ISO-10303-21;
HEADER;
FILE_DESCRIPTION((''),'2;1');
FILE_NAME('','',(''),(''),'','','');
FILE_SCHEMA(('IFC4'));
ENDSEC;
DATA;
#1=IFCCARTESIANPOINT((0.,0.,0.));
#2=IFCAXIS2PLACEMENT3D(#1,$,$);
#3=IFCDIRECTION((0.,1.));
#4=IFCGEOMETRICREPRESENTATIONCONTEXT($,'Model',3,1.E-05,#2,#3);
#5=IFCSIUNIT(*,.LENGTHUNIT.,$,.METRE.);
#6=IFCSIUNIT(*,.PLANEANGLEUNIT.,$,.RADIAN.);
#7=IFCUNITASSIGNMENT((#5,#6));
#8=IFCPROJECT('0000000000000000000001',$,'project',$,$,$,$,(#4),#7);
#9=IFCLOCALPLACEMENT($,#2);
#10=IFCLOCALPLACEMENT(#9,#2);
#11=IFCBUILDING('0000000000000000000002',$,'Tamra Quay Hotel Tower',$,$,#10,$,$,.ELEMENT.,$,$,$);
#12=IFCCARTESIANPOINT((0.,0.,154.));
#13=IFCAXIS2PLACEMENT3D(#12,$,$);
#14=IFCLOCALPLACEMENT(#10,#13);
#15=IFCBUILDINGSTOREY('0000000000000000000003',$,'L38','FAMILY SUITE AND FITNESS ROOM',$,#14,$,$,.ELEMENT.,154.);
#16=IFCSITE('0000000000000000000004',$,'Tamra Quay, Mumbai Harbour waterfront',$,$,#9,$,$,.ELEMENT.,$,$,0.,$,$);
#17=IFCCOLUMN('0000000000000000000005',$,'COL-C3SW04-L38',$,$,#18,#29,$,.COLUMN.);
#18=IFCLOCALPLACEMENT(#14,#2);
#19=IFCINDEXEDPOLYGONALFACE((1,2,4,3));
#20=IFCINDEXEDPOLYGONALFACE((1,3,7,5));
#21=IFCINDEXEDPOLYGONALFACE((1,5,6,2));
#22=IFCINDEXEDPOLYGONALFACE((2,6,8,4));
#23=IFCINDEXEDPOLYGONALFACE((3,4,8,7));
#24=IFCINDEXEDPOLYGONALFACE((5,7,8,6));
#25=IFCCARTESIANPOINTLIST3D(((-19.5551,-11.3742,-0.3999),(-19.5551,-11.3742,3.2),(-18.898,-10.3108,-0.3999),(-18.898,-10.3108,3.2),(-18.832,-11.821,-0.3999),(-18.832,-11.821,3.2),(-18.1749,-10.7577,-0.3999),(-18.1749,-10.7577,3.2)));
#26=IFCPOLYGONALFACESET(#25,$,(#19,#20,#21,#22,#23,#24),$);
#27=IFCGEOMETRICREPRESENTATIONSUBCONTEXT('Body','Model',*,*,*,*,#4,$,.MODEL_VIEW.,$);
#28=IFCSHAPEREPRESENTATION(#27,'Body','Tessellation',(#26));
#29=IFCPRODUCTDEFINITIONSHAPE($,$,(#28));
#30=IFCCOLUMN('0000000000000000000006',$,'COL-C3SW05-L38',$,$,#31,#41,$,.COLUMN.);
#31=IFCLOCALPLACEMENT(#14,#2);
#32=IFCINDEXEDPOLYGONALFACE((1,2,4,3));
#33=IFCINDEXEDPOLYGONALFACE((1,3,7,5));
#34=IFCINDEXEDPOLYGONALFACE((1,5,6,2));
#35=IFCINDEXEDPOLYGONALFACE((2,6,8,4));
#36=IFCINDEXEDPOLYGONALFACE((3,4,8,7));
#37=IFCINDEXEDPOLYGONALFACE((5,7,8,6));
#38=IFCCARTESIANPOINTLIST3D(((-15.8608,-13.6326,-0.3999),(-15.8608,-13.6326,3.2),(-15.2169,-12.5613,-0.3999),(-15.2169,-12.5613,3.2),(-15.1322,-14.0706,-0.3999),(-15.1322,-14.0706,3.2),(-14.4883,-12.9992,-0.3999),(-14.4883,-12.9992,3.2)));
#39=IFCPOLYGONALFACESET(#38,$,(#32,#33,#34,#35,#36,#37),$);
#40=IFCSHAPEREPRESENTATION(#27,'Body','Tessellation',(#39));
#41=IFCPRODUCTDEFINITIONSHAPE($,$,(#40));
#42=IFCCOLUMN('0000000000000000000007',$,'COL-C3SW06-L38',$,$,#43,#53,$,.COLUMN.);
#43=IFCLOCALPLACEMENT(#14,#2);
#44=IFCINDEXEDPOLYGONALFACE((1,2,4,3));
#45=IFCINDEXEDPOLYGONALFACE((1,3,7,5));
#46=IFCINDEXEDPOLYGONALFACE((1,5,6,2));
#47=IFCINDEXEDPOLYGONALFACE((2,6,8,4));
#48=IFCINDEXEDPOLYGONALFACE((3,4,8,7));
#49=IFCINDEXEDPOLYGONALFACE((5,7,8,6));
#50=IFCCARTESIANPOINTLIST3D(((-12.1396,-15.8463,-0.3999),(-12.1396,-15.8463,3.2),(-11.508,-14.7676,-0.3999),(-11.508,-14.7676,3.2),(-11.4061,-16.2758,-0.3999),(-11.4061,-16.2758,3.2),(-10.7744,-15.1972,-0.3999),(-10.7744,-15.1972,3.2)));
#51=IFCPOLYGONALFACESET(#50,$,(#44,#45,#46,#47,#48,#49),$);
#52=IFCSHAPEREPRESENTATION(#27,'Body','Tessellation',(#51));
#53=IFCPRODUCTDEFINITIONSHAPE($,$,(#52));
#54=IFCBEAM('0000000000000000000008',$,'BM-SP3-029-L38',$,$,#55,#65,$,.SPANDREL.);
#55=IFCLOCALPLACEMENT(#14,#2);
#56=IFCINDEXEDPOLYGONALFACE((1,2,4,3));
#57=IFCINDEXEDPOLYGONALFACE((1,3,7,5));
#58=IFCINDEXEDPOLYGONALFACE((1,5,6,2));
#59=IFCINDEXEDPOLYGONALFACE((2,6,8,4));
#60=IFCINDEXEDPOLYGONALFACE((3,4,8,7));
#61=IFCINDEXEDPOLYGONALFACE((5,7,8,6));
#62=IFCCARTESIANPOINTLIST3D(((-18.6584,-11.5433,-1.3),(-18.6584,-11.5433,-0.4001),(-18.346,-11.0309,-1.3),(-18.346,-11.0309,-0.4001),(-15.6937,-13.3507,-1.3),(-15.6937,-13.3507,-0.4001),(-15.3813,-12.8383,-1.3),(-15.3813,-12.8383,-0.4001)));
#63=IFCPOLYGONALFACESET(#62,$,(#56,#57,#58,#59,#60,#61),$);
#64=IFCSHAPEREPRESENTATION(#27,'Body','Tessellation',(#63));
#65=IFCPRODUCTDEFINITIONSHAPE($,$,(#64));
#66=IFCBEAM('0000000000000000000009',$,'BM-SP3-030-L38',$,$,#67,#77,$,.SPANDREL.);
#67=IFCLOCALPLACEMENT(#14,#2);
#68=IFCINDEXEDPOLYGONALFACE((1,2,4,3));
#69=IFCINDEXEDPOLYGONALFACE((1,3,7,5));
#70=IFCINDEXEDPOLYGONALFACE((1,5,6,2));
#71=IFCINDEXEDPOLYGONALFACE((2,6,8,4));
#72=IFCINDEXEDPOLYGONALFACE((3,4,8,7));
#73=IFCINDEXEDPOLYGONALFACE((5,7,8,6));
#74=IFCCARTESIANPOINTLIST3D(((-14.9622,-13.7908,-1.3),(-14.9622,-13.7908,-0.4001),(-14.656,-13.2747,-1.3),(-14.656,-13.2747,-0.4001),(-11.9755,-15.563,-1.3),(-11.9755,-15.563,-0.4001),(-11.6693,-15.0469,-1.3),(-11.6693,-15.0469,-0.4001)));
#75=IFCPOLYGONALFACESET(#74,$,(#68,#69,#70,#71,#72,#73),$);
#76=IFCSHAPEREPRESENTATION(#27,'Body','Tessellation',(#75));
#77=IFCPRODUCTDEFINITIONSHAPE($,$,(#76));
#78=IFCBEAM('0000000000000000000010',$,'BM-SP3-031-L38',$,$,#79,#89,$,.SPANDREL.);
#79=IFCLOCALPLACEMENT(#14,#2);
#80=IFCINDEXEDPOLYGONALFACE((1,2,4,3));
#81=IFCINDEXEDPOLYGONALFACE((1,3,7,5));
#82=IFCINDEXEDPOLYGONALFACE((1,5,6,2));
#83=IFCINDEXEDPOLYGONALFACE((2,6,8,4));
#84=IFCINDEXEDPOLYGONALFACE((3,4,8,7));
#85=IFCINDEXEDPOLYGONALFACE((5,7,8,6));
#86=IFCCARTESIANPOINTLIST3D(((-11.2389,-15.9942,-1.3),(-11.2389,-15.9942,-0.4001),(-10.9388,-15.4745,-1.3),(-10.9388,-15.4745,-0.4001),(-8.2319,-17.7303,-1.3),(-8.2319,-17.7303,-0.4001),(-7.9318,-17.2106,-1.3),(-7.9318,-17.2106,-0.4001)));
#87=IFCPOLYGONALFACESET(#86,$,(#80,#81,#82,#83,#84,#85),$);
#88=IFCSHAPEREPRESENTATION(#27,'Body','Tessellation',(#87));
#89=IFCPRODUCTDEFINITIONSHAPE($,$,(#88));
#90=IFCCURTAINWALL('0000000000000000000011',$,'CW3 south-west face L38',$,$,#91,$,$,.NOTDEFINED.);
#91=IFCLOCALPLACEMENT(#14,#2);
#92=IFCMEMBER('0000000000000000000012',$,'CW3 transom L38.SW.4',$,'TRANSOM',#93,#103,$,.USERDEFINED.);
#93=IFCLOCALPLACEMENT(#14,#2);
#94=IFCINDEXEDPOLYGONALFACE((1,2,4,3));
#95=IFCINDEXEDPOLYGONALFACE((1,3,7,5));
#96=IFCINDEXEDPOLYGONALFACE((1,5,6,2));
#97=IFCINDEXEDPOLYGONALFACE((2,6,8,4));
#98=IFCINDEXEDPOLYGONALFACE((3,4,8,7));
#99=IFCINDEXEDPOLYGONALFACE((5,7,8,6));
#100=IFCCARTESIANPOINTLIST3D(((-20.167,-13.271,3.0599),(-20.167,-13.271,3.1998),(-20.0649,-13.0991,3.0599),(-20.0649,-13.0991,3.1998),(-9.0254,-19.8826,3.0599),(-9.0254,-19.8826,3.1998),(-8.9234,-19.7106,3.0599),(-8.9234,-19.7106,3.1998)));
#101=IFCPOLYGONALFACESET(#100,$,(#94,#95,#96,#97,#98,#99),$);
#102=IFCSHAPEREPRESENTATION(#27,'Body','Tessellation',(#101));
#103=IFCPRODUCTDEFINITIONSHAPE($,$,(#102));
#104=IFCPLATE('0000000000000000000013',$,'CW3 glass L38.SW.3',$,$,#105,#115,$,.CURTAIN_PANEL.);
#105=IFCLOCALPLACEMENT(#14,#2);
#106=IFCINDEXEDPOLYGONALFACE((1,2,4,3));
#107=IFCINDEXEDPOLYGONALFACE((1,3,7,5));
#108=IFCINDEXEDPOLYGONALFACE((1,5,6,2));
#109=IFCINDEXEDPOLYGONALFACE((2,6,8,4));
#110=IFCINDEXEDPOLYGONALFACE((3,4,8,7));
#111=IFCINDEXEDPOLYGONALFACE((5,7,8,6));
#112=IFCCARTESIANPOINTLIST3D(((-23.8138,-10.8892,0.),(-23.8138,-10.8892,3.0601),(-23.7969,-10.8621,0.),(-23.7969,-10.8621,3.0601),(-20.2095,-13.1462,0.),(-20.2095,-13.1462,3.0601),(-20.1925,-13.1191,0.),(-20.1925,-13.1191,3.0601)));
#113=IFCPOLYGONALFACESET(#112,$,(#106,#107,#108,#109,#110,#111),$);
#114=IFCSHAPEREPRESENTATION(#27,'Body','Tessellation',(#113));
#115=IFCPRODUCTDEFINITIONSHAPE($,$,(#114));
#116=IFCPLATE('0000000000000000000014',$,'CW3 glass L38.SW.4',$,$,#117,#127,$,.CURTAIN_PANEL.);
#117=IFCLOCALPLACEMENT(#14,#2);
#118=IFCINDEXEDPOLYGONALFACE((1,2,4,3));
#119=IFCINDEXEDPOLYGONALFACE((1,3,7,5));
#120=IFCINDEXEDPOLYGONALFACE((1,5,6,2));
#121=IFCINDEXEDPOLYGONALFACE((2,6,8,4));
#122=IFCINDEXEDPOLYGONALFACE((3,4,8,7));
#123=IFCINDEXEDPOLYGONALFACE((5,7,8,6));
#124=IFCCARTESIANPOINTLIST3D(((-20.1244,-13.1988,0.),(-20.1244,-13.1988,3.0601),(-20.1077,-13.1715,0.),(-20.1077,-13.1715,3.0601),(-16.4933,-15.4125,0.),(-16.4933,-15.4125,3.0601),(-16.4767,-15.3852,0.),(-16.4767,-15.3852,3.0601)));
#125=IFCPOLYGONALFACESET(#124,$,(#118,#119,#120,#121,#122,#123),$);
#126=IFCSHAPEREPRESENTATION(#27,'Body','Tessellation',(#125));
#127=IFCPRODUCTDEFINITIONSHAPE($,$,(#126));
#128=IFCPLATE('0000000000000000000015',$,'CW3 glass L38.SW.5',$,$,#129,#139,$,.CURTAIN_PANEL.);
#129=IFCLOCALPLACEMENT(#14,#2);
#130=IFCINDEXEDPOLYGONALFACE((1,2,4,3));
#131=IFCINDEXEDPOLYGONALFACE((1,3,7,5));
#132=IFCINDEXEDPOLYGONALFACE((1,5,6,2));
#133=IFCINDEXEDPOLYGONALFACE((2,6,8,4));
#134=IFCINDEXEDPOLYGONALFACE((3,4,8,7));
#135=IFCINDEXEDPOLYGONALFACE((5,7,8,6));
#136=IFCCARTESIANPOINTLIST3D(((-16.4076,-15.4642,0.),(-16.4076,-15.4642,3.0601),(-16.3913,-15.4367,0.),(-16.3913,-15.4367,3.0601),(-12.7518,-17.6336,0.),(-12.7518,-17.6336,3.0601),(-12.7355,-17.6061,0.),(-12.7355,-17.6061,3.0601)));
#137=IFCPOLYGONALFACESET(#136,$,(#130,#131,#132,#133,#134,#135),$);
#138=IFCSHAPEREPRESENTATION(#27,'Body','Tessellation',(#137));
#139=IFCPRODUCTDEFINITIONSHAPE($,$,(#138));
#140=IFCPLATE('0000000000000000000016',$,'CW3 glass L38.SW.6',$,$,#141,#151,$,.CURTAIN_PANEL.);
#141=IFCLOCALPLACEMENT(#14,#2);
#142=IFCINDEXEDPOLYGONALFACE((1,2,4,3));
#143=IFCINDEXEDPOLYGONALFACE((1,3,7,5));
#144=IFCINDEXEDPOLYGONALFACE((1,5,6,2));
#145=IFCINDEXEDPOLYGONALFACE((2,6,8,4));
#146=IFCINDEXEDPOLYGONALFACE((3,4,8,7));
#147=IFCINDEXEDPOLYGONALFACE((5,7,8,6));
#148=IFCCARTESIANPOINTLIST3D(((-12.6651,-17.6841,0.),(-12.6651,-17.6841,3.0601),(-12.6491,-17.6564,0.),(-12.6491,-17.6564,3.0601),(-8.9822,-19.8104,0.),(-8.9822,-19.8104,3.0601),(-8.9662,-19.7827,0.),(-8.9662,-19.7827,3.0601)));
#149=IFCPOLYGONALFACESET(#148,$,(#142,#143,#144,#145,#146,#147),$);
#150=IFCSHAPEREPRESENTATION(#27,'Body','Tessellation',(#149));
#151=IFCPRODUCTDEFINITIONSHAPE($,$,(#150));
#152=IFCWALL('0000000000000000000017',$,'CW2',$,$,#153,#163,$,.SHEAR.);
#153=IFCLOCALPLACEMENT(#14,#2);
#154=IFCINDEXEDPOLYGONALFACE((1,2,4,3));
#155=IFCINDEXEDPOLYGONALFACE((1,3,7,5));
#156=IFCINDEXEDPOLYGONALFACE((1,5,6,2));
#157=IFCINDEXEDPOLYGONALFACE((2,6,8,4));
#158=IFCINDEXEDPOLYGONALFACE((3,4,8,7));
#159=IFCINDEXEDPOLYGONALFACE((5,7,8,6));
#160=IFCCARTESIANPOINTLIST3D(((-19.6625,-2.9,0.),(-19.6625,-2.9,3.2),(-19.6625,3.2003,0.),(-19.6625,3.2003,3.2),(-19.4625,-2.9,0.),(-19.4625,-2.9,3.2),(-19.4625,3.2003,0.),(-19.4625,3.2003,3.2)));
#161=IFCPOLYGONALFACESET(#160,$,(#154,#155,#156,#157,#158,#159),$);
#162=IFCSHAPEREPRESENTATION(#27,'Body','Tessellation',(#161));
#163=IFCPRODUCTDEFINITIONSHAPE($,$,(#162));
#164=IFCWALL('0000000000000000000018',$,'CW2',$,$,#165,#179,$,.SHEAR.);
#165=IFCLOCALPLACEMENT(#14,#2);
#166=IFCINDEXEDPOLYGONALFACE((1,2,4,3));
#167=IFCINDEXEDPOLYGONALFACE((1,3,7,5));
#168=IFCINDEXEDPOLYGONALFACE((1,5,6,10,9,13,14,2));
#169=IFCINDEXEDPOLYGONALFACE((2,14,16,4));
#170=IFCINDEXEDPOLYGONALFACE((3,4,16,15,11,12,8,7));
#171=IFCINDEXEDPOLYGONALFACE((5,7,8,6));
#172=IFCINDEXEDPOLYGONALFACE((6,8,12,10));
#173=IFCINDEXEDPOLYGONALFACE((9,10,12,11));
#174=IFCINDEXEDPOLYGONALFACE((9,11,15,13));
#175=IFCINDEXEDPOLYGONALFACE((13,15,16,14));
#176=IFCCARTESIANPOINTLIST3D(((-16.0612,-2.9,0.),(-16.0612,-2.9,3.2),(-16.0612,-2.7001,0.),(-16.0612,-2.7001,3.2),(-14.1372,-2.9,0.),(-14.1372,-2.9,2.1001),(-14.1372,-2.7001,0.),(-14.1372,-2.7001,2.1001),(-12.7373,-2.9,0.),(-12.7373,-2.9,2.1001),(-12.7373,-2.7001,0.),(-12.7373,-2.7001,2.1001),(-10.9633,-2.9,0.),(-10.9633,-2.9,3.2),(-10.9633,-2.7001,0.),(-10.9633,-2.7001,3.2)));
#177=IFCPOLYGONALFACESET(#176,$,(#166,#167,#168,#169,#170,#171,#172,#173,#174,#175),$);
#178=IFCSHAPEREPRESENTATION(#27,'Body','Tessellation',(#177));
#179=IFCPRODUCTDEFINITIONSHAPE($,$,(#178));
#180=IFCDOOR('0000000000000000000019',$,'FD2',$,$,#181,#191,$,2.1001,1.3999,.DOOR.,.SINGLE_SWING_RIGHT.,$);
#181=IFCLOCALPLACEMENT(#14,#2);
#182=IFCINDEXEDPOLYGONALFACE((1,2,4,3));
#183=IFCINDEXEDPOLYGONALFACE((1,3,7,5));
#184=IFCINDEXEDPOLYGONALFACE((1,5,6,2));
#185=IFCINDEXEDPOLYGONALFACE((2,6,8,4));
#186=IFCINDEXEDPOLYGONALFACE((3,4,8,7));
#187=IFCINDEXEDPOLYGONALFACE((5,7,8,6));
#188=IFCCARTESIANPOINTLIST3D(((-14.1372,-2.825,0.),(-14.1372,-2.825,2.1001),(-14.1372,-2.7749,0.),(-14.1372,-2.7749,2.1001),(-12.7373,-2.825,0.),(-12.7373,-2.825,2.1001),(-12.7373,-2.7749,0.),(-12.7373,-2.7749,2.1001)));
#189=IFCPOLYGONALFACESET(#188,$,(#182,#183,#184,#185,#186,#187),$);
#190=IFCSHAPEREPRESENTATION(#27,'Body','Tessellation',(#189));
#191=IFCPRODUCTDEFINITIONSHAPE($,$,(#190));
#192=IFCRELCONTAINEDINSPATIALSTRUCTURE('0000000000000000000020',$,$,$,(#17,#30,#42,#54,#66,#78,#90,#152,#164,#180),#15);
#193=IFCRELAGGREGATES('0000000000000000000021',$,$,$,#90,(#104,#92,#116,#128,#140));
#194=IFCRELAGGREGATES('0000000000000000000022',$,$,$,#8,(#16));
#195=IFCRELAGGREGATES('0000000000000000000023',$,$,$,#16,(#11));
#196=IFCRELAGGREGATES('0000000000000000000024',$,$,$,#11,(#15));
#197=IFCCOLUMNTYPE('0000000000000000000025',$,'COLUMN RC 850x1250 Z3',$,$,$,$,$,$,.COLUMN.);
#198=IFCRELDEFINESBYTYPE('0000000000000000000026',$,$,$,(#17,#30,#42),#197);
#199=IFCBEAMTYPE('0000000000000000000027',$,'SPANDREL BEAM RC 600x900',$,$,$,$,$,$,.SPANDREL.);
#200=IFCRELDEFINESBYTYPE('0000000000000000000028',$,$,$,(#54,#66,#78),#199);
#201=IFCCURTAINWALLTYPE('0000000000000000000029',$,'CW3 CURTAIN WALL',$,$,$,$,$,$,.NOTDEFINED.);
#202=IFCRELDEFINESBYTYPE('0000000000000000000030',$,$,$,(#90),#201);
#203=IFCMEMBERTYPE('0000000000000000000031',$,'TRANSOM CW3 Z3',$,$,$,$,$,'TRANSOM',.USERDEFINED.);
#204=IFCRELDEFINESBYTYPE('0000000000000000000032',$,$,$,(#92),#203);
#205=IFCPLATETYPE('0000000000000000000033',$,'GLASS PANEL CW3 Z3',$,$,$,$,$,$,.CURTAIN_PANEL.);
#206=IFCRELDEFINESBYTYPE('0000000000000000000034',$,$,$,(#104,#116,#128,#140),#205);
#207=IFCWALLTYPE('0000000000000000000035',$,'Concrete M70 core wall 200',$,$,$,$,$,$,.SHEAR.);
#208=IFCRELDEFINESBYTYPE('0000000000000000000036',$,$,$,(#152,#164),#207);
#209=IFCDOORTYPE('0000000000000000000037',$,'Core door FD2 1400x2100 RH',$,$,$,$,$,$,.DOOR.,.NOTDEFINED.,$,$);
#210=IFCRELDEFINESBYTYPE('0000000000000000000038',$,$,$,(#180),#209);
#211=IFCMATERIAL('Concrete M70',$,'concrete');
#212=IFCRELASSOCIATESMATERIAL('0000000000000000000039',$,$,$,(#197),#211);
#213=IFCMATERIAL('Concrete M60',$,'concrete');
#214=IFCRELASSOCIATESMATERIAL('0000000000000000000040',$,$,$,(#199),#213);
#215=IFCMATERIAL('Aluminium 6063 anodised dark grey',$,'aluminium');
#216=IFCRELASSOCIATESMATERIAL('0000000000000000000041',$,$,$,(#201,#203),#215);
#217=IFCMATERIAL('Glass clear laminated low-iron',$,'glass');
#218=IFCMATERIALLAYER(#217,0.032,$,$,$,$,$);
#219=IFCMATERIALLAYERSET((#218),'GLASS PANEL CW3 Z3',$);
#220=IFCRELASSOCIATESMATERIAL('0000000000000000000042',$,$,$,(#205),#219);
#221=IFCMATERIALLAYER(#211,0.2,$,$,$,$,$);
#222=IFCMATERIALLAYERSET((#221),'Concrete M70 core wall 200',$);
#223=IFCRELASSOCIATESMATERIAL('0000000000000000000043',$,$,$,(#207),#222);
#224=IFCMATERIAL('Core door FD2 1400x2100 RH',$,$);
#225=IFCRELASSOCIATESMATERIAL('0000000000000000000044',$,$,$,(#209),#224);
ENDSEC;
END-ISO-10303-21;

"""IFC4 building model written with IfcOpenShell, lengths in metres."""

from ifc_helpers import new_model, si_unit, direction, frame, frame_2d, origin, origin_2d, place, context, subcontext, project, spatial, rectangle, extrude, material, layer, layer_set, material_profile, profile_set, type_object, element, fill, aggregate, save


model = new_model("IFC4")

# Units and contexts
model_context = context("Model", 3, precision=1e-05, world=origin(), true_north=direction((0.0, 1.0)))
body_context = subcontext(model_context, "Body", "Model", "MODEL_VIEW")
ifc_project = project(units=[si_unit("LENGTHUNIT", "METRE"), si_unit("PLANEANGLEUNIT", "RADIAN")], contexts=[model_context])

# Site, building, storey
site_placement = place(None, origin())
site = spatial("IfcSite", under=ifc_project, at=site_placement, Name="Tamra Quay, Mumbai Harbour waterfront", CompositionType="ELEMENT", RefElevation=0.0)
building_placement = place(site_placement, origin())
building = spatial("IfcBuilding", under=site, at=building_placement, Name="Tamra Quay Hotel Tower", CompositionType="ELEMENT")
storey_placement = place(building_placement, frame((0.0, 0.0, 154.0)))
storey = spatial("IfcBuildingStorey", under=building, at=storey_placement, Name="L38", Description="FAMILY SUITE AND FITNESS ROOM", CompositionType="ELEMENT", Elevation=154.0)

# Columns
ifc_material_1 = material(Name="Concrete M70", Category="concrete")
ifc_material_profile_1 = material_profile(ifc_material_1, rectangle(XDim=1.25, YDim=0.8501, at=origin_2d()), Name="COLUMN RC 850x1250 Z3")
ifc_profile_set_1 = profile_set([ifc_material_profile_1], Name="Concrete M70")
column_type = type_object("IfcColumnType", Name="COLUMN RC 850x1250 Z3", PredefinedType="COLUMN", material=ifc_profile_set_1)
for number, where, z_axis, x_axis, name in (
    (1, (-18.865, -11.0659, -0.3999), (0.0, 0.0, 1.0), (0.525677, 0.850685, 0.0), "COL-C3SW04-L38"),
    (2, (-15.1746, -13.3159, -0.3999), (0.0, 0.0, 1.0), (0.515162, 0.857093, 0.0), "COL-C3SW05-L38"),
    (3, (-11.457, -15.5217, -0.3999), (0.0, 0.0, 1.0), (0.505325, 0.862929, 0.0), "COL-C3SW06-L38"),
):
    element("IfcColumn", number, at=place(storey_placement, frame(where, z_axis=z_axis, x_axis=x_axis)), inside=storey, type_object=column_type, Name=name, PredefinedType="COLUMN", context=body_context, shape_type="SweptSolid", body=[
        extrude(rectangle(XDim=1.25, YDim=0.8501, at=origin_2d()), origin(), (0.0, 0.0, 1.0), 3.5999),
    ])

# Beams
ifc_material_2 = material(Name="Concrete M60", Category="concrete")
ifc_material_profile_2 = material_profile(ifc_material_2, rectangle(XDim=0.6001, YDim=0.8999, at=origin_2d()), Name="SPANDREL BEAM RC 600x900")
ifc_profile_set_2 = profile_set([ifc_material_profile_2], Name="Concrete M60")
beam_type = type_object("IfcBeamType", Name="SPANDREL BEAM RC 600x900", PredefinedType="SPANDREL", material=ifc_profile_set_2)
beam_1_placement = place(storey_placement, frame((-18.5022, -11.2871, -0.8501), z_axis=(0.853836, -0.520542, 0.0), x_axis=(0.520542, 0.853836, 0.0)))
element("IfcBeam", 4, at=beam_1_placement, inside=storey, type_object=beam_type, Name="BM-SP3-029-L38", PredefinedType="SPANDREL", context=body_context, shape_type="SweptSolid", body=[
    extrude(rectangle(XDim=0.6001, YDim=0.8999, at=origin_2d()), origin(), (0.0, 0.0, 1.0), 3.4722),
])
beam_2_placement = place(storey_placement, frame((-14.8091, -13.5327, -0.8501), z_axis=(0.859989, -0.510313, 0.0), x_axis=(0.510313, 0.859989, 0.0)))
element("IfcBeam", 5, at=beam_2_placement, inside=storey, type_object=beam_type, Name="BM-SP3-030-L38", PredefinedType="SPANDREL", context=body_context, shape_type="SweptSolid", body=[
    extrude(rectangle(XDim=0.6001, YDim=0.8999, at=origin_2d()), origin(), (0.0, 0.0, 1.0), 3.4729),
])
beam_3_placement = place(storey_placement, frame((-11.0889, -15.7344, -0.8501), z_axis=(0.866032, -0.499988, 0.0), x_axis=(0.499988, 0.866032, 0.0)))
element("IfcBeam", 6, at=beam_3_placement, inside=storey, type_object=beam_type, Name="BM-SP3-031-L38", PredefinedType="SPANDREL", context=body_context, shape_type="SweptSolid", body=[
    extrude(rectangle(XDim=0.6001, YDim=0.8999, at=origin_2d()), origin(), (0.0, 0.0, 1.0), 3.4722),
])

# Curtain wall, member, plates
ifc_material_3 = material(Name="Aluminium 6063 anodised dark grey", Category="aluminium")
curtain_wall_type = type_object("IfcCurtainWallType", Name="CW3 CURTAIN WALL", PredefinedType="NOTDEFINED", material=ifc_material_3)
curtain_wall_placement = place(storey_placement, origin())
curtain_wall = element("IfcCurtainWall", 7, at=curtain_wall_placement, inside=storey, type_object=curtain_wall_type, Name="CW3 south-west face L38", PredefinedType="NOTDEFINED")
ifc_material_profile_3 = material_profile(ifc_material_3, rectangle(XDim=0.2, YDim=0.1399, at=origin_2d()), Name="TRANSOM 200X140")
ifc_profile_set_3 = profile_set([ifc_material_profile_3], Name="Aluminium 6063 anodised dark grey")
member_type = type_object("IfcMemberType", Name="TRANSOM CW3 Z3", ElementType="TRANSOM", PredefinedType="USERDEFINED", material=ifc_profile_set_3)
member_placement = place(storey_placement, frame((-20.116, -13.1851, 3.1299), z_axis=(0.859982, -0.510325, 0.0), x_axis=(0.510325, 0.859982, 0.0)))
member = element("IfcMember", 8, at=member_placement, type_object=member_type, Name="CW3 transom L38.SW.4", ObjectType="TRANSOM", PredefinedType="USERDEFINED", context=body_context, shape_type="SweptSolid", body=[
    extrude(rectangle(XDim=0.2, YDim=0.1399, at=origin_2d()), origin(), (0.0, 0.0, 1.0), 12.9556),
])
ifc_material_4 = material(Name="Glass clear laminated low-iron", Category="glass")
ifc_layer_1 = layer(ifc_material_4, 0.032)
ifc_layer_set_1 = layer_set([ifc_layer_1], Name="GLASS PANEL CW3 Z3")
plate_type = type_object("IfcPlateType", Name="GLASS PANEL CW3 Z3", PredefinedType="CURTAIN_PANEL", material=ifc_layer_set_1)
plate_1_placement = place(storey_placement, frame((-22.0032, -12.0042, 0.0), z_axis=(0.0, 0.0, 1.0), x_axis=(0.847546, -0.530722, 0.0)))
plate_1 = element("IfcPlate", 9, at=plate_1_placement, type_object=plate_type, Name="CW3 glass L38.SW.3", PredefinedType="CURTAIN_PANEL", context=body_context, shape_type="SweptSolid", body=[
    extrude(rectangle(XDim=4.2527, YDim=0.032, at=origin_2d()), origin(), (0.0, 0.0, 1.0), 3.0601),
])
plate_2_placement = place(storey_placement, frame((-18.3005, -14.292, 0.0), z_axis=(0.0, 0.0, 1.0), x_axis=(0.85383, -0.520552, 0.0)))
plate_2 = element("IfcPlate", 10, at=plate_2_placement, type_object=plate_type, Name="CW3 glass L38.SW.4", PredefinedType="CURTAIN_PANEL", context=body_context, shape_type="SweptSolid", body=[
    extrude(rectangle(XDim=4.2527, YDim=0.032, at=origin_2d()), origin(), (0.0, 0.0, 1.0), 3.0601),
])
plate_3_placement = place(storey_placement, frame((-14.5715, -16.5352, 0.0), z_axis=(0.0, 0.0, 1.0), x_axis=(0.859985, -0.510319, 0.0)))
plate_3 = element("IfcPlate", 11, at=plate_3_placement, type_object=plate_type, Name="CW3 glass L38.SW.5", PredefinedType="CURTAIN_PANEL", context=body_context, shape_type="SweptSolid", body=[
    extrude(rectangle(XDim=4.251, YDim=0.032, at=origin_2d()), origin(), (0.0, 0.0, 1.0), 3.0601),
])
plate_4_placement = place(storey_placement, frame((-10.8157, -18.7334, 0.0), z_axis=(0.0, 0.0, 1.0), x_axis=(0.866025, -0.5, 0.0)))
plate_4 = element("IfcPlate", 12, at=plate_4_placement, type_object=plate_type, Name="CW3 glass L38.SW.6", PredefinedType="CURTAIN_PANEL", context=body_context, shape_type="SweptSolid", body=[
    extrude(rectangle(XDim=4.2527, YDim=0.032, at=origin_2d()), origin(), (0.0, 0.0, 1.0), 3.0601),
])
aggregate(curtain_wall, [plate_1, member, plate_2, plate_3, plate_4])

# Wall
ifc_layer_2 = layer(ifc_material_1, 0.2)
ifc_layer_set_2 = layer_set([ifc_layer_2], Name="Concrete M70 core wall 200")
wall_type_1 = type_object("IfcWallType", Name="Concrete M70 core wall 200", PredefinedType="SHEAR", material=ifc_layer_set_2)
wall_1_placement = place(storey_placement, frame((-19.5625, -2.9001, 0.0), z_axis=(0.0, 0.0, 1.0), x_axis=(0.0, 1.0, 0.0)))
element("IfcWall", 13, at=wall_1_placement, inside=storey, type_object=wall_type_1, Name="CW2", PredefinedType="SHEAR", context=body_context, shape_type="SweptSolid", body=[
    extrude(rectangle(XDim=6.1003, YDim=0.2, at=frame_2d((3.0503, 0.0))), origin(), (0.0, 0.0, 1.0), 3.2),
])

# Wall, opening, door
wall_2_placement = place(storey_placement, frame((-10.9634, -2.8, 0.0), z_axis=(0.0, 0.0, 1.0), x_axis=(-1.0, 0.0, 0.0)))
wall_2 = element("IfcWall", 14, at=wall_2_placement, inside=storey, type_object=wall_type_1, Name="CW2", PredefinedType="SHEAR", context=body_context, shape_type="SweptSolid", body=[
    extrude(rectangle(XDim=5.0979, YDim=0.2, at=frame_2d((2.5488, 0.0))), origin(), (0.0, 0.0, 1.0), 3.2),
])
opening_1_placement = place(wall_2_placement, frame((1.7739, 0.0, 0.0)))
opening_1 = element("IfcOpeningElement", 15, at=opening_1_placement, cuts=wall_2, PredefinedType="OPENING", context=body_context, shape_type="SweptSolid", body=[
    extrude(rectangle(XDim=1.3999, YDim=2.1001, at=frame_2d((0.7, 1.05))), frame((0.0, 0.1099, 0.0), z_axis=(0.0, -1.0, 0.0), x_axis=(1.0, 0.0, 0.0)), (0.0, 0.0, 1.0), 0.22),
])
ifc_material_5 = material(Name="Core door FD2 1400x2100 RH")
door_type_1 = type_object("IfcDoorType", Name="Core door FD2 1400x2100 RH", OperationType="NOTDEFINED", PredefinedType="DOOR", material=ifc_material_5)
door_1_placement = place(opening_1_placement, origin())
door_1 = element("IfcDoor", 16, at=door_1_placement, inside=storey, type_object=door_type_1, Name="FD2", OperationType="SINGLE_SWING_RIGHT", OverallHeight=2.1001, OverallWidth=1.3999, PredefinedType="DOOR", context=body_context, shape_type="SweptSolid", body=[
    extrude(rectangle(XDim=1.3999, YDim=2.1001, at=frame_2d((0.7, 1.05))), frame((0.0, 0.0249, 0.0), z_axis=(0.0, -1.0, 0.0), x_axis=(1.0, 0.0, 0.0)), (0.0, 0.0, 1.0), 0.05),
])
fill(opening_1, door_1)

save(model, "model.ifc")
